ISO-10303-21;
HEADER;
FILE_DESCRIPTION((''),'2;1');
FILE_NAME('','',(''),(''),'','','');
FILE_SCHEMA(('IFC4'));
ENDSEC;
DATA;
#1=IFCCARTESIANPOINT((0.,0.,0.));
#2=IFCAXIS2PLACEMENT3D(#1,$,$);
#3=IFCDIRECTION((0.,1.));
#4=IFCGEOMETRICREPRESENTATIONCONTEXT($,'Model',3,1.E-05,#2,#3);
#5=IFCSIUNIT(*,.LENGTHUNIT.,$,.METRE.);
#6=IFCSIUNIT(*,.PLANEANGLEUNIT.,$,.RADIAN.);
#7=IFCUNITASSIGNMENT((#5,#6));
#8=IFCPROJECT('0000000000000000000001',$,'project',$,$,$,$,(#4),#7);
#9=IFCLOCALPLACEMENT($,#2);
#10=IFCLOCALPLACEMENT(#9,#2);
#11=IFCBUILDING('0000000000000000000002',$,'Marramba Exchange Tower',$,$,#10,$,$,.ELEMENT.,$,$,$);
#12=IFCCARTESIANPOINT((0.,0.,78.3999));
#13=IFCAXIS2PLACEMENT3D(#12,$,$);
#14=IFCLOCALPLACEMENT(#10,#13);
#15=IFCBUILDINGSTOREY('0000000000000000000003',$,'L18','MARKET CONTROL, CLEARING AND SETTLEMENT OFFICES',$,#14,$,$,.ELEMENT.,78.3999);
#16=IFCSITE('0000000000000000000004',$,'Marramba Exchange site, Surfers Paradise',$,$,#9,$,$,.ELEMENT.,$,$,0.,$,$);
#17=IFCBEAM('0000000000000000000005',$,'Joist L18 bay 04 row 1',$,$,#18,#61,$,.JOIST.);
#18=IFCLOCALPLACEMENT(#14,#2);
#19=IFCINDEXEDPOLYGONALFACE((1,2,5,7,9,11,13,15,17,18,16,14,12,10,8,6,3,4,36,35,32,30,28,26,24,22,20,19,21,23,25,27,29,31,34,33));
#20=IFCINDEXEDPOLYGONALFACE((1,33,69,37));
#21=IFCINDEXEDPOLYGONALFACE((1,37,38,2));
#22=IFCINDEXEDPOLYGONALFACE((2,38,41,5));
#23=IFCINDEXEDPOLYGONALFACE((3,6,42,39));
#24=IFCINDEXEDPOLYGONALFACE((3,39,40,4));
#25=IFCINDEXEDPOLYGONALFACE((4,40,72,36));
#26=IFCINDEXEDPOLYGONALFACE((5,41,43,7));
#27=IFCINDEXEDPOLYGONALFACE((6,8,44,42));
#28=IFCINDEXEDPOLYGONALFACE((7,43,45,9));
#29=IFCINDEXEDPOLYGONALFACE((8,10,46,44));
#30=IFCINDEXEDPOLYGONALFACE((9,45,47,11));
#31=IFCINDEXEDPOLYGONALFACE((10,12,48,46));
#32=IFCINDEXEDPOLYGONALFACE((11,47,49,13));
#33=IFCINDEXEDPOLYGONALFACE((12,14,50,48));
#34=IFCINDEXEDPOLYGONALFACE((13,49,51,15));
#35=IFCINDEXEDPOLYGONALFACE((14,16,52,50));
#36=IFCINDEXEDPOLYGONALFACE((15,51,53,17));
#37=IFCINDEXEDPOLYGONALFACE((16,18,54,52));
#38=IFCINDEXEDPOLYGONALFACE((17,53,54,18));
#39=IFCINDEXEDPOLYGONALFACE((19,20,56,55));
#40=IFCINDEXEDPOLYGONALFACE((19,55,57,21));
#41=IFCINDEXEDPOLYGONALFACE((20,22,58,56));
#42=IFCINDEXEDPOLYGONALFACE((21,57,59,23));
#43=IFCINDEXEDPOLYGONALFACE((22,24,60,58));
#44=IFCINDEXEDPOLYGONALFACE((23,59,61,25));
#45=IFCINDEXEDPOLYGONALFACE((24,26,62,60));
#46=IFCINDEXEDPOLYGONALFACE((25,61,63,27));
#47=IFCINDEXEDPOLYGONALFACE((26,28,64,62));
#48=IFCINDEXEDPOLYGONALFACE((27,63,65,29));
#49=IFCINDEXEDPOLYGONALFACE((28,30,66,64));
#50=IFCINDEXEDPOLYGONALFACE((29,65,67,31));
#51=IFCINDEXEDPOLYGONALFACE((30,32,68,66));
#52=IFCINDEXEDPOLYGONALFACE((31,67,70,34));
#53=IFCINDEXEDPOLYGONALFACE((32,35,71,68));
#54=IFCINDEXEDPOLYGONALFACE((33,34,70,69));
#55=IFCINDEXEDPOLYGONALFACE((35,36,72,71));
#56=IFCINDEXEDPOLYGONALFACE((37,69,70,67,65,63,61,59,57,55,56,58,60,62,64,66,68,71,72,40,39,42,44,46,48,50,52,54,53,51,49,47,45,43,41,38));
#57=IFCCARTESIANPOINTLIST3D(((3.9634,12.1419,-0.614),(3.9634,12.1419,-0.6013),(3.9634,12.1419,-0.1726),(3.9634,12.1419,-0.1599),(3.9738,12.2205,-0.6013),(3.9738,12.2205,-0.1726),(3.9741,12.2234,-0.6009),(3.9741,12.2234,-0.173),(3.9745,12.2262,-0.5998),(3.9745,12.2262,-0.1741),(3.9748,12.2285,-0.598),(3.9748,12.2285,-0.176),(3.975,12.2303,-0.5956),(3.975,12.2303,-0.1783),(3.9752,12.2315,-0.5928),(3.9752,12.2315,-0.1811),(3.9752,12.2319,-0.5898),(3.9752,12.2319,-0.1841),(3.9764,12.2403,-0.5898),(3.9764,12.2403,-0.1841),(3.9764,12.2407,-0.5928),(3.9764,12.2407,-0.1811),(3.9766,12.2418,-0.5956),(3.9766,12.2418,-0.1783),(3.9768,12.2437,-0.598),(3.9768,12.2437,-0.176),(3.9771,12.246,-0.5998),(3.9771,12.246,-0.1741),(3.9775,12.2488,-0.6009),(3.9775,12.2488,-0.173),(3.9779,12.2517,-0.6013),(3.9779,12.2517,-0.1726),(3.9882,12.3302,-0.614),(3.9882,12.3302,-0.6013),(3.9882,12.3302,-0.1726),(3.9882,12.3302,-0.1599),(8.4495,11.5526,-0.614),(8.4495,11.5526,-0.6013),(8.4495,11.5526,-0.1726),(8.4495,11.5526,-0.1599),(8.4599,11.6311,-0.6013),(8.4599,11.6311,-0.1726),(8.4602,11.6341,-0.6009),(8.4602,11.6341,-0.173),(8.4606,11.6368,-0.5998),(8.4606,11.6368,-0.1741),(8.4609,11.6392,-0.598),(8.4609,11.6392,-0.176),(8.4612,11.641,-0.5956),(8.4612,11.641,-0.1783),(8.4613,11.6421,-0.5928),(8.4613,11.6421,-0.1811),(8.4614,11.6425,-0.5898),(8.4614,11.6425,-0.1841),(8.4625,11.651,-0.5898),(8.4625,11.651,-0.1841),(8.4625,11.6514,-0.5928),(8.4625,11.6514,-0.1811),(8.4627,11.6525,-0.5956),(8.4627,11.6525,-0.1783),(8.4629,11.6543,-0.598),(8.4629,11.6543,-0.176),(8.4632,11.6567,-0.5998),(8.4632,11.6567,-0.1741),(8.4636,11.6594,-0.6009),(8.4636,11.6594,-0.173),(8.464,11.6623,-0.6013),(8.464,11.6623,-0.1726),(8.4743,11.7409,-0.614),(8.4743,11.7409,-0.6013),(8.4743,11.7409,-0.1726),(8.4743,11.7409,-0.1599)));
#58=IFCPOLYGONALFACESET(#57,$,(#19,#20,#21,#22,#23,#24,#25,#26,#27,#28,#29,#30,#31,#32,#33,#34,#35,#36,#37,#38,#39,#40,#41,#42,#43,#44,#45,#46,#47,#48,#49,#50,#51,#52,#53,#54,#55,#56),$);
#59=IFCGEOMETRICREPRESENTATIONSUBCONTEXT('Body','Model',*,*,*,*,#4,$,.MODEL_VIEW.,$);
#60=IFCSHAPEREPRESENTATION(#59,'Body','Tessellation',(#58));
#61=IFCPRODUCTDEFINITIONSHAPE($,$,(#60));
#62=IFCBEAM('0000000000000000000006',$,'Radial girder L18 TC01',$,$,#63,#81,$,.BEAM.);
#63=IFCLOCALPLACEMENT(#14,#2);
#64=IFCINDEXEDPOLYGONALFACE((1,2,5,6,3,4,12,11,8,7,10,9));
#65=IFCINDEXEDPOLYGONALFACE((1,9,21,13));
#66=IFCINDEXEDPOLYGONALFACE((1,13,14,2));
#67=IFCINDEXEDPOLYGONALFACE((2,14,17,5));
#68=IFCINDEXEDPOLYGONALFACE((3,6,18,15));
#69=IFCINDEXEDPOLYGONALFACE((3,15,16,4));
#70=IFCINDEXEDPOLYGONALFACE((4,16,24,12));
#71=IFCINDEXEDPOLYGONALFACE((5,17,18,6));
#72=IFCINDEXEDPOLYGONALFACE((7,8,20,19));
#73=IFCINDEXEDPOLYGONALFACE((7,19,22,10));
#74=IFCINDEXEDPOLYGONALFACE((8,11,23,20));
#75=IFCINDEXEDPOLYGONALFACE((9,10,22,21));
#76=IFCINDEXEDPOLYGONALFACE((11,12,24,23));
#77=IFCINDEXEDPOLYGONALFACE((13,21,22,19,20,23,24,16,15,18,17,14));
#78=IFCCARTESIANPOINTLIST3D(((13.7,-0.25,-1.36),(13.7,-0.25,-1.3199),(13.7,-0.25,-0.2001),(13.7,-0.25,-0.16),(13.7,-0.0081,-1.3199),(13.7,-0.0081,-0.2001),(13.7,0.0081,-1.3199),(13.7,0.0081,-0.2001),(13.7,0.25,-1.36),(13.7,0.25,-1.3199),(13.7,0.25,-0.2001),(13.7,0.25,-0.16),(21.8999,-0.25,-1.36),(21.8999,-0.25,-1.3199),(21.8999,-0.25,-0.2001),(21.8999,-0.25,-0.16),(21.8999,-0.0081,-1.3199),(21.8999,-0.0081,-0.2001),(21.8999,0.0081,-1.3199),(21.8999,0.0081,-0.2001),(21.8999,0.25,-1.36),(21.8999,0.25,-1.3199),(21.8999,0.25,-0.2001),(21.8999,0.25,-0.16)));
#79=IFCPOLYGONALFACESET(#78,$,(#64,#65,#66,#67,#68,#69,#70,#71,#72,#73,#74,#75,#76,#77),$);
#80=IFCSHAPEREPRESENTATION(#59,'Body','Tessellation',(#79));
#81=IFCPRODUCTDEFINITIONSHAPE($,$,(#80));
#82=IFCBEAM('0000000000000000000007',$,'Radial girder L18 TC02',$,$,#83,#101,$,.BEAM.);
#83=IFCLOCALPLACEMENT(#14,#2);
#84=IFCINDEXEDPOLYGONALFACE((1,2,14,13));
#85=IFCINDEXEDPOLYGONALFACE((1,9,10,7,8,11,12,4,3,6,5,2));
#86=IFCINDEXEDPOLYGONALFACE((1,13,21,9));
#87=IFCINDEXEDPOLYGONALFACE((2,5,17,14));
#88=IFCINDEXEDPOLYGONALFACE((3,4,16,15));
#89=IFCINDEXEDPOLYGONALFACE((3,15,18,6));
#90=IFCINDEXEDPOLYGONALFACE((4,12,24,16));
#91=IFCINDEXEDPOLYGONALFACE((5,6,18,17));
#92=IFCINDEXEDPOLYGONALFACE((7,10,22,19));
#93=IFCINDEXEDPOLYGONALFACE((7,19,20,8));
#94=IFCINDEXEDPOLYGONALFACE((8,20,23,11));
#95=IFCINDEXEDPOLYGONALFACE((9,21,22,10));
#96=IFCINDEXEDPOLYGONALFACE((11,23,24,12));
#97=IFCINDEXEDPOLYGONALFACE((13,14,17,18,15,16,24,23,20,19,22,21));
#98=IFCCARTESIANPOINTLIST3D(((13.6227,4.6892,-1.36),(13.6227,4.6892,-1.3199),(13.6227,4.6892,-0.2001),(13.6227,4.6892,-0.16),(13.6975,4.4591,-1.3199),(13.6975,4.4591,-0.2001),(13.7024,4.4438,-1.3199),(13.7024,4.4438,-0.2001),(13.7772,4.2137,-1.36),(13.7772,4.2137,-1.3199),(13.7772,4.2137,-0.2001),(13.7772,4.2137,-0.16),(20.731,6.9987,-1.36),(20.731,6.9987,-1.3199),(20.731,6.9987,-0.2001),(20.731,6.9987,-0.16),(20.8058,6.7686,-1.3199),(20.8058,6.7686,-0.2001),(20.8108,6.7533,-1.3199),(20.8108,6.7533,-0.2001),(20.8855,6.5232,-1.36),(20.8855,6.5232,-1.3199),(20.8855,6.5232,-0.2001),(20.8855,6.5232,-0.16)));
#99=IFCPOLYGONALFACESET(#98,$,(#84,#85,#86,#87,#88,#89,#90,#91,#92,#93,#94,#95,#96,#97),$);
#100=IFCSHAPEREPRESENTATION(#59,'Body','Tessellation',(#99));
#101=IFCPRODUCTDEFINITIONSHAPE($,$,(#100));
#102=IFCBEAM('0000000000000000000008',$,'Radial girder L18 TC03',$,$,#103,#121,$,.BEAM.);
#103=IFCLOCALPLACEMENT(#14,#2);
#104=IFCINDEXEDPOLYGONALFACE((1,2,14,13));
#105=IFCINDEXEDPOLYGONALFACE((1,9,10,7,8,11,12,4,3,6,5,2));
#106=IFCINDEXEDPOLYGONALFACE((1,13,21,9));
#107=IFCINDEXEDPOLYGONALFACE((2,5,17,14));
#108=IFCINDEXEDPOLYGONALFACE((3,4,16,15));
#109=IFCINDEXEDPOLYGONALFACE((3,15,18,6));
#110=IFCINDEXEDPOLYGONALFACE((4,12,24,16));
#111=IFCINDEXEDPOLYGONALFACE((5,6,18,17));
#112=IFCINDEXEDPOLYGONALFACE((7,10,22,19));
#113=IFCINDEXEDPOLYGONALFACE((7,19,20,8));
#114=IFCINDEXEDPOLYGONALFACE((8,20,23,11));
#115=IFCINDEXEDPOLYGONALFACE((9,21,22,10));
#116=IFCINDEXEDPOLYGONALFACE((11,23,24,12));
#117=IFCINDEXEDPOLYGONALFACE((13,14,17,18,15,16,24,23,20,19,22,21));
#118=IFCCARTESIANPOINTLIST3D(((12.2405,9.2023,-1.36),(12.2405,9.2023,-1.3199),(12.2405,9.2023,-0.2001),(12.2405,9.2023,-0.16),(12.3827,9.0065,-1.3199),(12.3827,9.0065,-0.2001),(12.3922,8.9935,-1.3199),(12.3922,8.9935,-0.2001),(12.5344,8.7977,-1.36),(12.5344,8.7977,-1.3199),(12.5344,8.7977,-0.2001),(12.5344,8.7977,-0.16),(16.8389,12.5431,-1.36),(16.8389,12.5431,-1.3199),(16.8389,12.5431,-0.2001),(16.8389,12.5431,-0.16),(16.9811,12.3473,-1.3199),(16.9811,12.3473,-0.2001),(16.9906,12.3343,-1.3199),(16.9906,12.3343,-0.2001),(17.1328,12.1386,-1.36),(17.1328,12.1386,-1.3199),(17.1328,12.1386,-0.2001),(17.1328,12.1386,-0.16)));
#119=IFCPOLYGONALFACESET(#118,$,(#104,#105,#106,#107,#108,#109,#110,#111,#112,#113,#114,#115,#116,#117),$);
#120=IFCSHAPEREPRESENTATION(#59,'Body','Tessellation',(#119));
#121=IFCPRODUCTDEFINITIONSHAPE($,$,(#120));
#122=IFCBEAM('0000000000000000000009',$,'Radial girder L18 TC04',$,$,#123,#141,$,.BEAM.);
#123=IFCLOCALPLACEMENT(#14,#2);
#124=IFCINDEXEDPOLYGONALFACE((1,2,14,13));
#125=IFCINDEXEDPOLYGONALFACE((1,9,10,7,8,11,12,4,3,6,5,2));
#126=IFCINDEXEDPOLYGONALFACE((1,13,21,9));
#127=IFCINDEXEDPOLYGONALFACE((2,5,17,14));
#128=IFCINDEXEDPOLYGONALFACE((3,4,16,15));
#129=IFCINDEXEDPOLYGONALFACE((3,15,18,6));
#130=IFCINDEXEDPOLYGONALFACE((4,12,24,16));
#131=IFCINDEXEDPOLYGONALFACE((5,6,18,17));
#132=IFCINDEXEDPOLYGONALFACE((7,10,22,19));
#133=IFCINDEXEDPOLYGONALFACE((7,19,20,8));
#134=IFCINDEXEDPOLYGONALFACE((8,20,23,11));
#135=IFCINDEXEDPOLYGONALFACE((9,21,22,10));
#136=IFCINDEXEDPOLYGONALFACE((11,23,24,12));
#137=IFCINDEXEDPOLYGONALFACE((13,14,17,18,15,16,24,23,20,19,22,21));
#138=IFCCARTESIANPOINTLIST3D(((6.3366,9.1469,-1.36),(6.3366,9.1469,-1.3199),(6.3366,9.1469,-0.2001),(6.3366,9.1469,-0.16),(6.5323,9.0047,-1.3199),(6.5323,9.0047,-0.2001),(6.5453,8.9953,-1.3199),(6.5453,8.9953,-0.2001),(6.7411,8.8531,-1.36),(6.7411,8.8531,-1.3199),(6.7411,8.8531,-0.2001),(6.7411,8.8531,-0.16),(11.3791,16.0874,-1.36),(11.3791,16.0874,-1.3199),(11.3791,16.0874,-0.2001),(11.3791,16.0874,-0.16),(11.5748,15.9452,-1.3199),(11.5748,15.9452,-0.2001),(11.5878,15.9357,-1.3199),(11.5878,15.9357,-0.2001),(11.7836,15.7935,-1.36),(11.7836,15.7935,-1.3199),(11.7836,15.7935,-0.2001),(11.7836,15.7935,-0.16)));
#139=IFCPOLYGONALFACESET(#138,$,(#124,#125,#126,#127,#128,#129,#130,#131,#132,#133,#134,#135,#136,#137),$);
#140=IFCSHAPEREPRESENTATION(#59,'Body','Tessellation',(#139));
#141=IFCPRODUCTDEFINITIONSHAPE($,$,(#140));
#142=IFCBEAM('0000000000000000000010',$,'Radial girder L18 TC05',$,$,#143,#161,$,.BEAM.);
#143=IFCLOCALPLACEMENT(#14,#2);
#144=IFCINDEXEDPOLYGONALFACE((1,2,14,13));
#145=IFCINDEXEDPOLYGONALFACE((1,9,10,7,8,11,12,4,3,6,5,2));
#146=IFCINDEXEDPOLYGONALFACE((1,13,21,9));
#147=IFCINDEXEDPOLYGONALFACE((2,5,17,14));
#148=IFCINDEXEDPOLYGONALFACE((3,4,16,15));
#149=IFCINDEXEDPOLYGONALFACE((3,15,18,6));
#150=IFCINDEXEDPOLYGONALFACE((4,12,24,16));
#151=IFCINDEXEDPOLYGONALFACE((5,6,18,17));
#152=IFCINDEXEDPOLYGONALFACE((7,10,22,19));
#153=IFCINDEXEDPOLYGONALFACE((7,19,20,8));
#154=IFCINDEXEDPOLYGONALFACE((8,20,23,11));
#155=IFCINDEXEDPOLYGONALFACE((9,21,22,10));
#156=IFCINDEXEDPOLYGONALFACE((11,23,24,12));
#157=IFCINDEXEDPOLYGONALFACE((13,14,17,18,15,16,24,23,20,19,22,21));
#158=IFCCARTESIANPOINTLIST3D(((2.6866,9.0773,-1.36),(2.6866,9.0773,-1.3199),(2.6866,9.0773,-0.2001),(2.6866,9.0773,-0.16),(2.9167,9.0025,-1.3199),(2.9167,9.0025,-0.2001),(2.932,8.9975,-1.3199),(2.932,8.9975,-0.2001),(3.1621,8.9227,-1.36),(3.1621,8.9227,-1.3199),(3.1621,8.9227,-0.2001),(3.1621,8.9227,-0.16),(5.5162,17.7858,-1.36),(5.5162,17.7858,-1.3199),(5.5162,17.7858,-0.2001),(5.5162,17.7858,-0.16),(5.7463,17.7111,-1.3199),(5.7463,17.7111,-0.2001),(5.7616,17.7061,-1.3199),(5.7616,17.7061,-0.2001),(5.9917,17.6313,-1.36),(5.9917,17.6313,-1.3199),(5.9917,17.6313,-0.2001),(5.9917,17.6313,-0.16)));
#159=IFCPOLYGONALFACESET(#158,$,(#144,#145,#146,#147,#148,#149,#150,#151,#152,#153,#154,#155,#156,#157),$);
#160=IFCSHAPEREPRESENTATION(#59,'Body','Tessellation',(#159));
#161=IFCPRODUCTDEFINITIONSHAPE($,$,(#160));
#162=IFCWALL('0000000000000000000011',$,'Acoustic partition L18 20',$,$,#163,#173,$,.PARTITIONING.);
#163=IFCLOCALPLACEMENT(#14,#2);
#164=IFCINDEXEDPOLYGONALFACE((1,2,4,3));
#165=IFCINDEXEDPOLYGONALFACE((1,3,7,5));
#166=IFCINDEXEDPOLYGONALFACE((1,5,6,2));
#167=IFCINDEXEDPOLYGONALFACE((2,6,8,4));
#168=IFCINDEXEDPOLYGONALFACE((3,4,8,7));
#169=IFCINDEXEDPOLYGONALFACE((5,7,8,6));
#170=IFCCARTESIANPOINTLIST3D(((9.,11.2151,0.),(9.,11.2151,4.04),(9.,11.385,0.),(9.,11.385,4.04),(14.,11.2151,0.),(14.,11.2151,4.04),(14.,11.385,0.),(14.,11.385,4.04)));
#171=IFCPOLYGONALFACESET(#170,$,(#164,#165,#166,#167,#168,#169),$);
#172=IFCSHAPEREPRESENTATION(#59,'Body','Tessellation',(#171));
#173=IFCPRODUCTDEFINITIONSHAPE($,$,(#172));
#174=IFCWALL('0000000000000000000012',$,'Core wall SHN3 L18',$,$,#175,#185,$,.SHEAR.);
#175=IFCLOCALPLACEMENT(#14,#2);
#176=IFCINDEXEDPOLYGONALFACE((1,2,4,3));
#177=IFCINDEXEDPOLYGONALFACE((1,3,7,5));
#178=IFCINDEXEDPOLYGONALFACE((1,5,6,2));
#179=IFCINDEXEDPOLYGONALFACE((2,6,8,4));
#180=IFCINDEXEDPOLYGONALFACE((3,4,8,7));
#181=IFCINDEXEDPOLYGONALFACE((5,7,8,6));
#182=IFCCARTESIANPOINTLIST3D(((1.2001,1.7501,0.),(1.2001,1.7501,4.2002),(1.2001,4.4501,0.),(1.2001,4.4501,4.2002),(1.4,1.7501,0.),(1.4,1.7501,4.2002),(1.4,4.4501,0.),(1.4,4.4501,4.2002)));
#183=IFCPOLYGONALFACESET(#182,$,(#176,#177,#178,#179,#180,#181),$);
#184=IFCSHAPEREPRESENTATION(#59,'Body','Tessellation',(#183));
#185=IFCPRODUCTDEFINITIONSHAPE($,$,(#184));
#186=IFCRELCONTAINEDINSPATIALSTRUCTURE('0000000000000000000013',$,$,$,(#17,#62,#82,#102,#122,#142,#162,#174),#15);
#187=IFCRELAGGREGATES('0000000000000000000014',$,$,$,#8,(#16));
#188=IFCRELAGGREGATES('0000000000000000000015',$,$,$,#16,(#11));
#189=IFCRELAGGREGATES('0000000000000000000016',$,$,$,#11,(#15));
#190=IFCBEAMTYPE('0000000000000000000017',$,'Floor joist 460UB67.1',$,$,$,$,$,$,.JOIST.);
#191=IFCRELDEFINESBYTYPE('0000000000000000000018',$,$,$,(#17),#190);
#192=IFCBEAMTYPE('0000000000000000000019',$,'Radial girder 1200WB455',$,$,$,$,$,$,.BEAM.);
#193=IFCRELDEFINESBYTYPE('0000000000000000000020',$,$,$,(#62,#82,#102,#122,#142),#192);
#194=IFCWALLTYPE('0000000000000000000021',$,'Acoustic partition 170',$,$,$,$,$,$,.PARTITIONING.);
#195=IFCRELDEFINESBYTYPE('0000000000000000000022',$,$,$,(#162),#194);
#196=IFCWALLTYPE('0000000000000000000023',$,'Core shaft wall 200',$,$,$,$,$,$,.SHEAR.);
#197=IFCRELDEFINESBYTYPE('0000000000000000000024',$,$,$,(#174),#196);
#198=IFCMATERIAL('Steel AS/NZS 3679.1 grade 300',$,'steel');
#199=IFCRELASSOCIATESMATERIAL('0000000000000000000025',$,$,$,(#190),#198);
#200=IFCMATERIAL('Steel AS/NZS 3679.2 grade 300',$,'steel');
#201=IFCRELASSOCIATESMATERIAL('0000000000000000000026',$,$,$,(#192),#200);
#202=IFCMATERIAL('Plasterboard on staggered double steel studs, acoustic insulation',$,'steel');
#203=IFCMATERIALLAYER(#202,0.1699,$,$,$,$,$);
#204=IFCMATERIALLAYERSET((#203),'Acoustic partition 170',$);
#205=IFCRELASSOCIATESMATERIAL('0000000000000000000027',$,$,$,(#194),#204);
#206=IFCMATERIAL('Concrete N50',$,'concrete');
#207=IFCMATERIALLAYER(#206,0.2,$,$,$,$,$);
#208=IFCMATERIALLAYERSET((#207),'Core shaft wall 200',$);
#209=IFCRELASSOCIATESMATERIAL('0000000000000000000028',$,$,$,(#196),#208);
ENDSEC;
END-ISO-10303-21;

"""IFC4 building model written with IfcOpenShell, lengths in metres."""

from ifc_helpers import new_model, si_unit, direction, frame, frame_2d, origin, origin_2d, place, context, subcontext, project, spatial, rectangle, i_section, extrude, material, layer, layer_set, material_profile, profile_set, type_object, element, save


model = new_model("IFC4")

# Units and contexts
model_context = context("Model", 3, precision=1e-05, world=origin(), true_north=direction((0.0, 1.0)))
body_context = subcontext(model_context, "Body", "Model", "MODEL_VIEW")
ifc_project = project(units=[si_unit("LENGTHUNIT", "METRE"), si_unit("PLANEANGLEUNIT", "RADIAN")], contexts=[model_context])

# Site, building, storey
site_placement = place(None, origin())
site = spatial("IfcSite", under=ifc_project, at=site_placement, Name="Marramba Exchange site, Surfers Paradise", CompositionType="ELEMENT", RefElevation=0.0)
building_placement = place(site_placement, origin())
building = spatial("IfcBuilding", under=site, at=building_placement, Name="Marramba Exchange Tower", CompositionType="ELEMENT")
storey_placement = place(building_placement, frame((0.0, 0.0, 78.3999)))
storey = spatial("IfcBuildingStorey", under=building, at=storey_placement, Name="L18", Description="MARKET CONTROL, CLEARING AND SETTLEMENT OFFICES", CompositionType="ELEMENT", Elevation=78.3999)

# Beams
ifc_material_1 = material(Name="Steel AS/NZS 3679.1 grade 300", Category="steel")
ifc_material_profile_1 = material_profile(ifc_material_1, i_section(OverallWidth=0.1899, OverallDepth=0.4541, WebThickness=0.0085, FlangeThickness=0.0127, FilletRadius=0.0115, at=origin_2d()), Name="460UB67.1")
ifc_profile_set_1 = profile_set([ifc_material_profile_1], Name="Steel AS/NZS 3679.1 grade 300")
beam_type_1 = type_object("IfcBeamType", Name="Floor joist 460UB67.1", PredefinedType="JOIST", material=ifc_profile_set_1)
beam_1_placement = place(storey_placement, frame((8.4619, 11.6467, -0.387), z_axis=(-0.991481, 0.130255, 0.0), x_axis=(-0.130255, -0.991481, 0.0)))
element("IfcBeam", 1, at=beam_1_placement, inside=storey, type_object=beam_type_1, Name="Joist L18 bay 04 row 1", PredefinedType="JOIST", context=body_context, shape_type="SweptSolid", body=[
    extrude(i_section(OverallWidth=0.1899, OverallDepth=0.4541, WebThickness=0.0085, FlangeThickness=0.0127, FilletRadius=0.0115, at=origin_2d()), origin(), (0.0, 0.0, 1.0), 4.5247),
])
ifc_material_2 = material(Name="Steel AS/NZS 3679.2 grade 300", Category="steel")
ifc_material_profile_2 = material_profile(ifc_material_2, i_section(OverallWidth=0.5, OverallDepth=1.2, WebThickness=0.0161, FlangeThickness=0.04, at=origin_2d()), Name="1200WB455")
ifc_profile_set_2 = profile_set([ifc_material_profile_2], Name="Steel AS/NZS 3679.2 grade 300")
beam_type_2 = type_object("IfcBeamType", Name="Radial girder 1200WB455", PredefinedType="BEAM", material=ifc_profile_set_2)
beam_2_placement = place(storey_placement, frame((13.7, 0.0, -0.76), z_axis=(1.0, 0.0, 0.0), x_axis=(0.0, 1.0, 0.0)))
element("IfcBeam", 2, at=beam_2_placement, inside=storey, type_object=beam_type_2, Name="Radial girder L18 TC01", PredefinedType="BEAM", context=body_context, shape_type="SweptSolid", body=[
    extrude(i_section(OverallWidth=0.5, OverallDepth=1.2, WebThickness=0.0161, FlangeThickness=0.04, at=origin_2d()), origin(), (0.0, 0.0, 1.0), 8.2),
])
beam_3_placement = place(storey_placement, frame((13.7, 4.4514, -0.76), z_axis=(0.95106, 0.309006, 0.0), x_axis=(-0.309006, 0.95106, 0.0)))
element("IfcBeam", 3, at=beam_3_placement, inside=storey, type_object=beam_type_2, Name="Radial girder L18 TC02", PredefinedType="BEAM", context=body_context, shape_type="SweptSolid", body=[
    extrude(i_section(OverallWidth=0.5, OverallDepth=1.2, WebThickness=0.0161, FlangeThickness=0.04, at=origin_2d()), origin(), (0.0, 0.0, 1.0), 7.4741),
])
beam_4_placement = place(storey_placement, frame((12.3875, 9.0, -0.76), z_axis=(0.809026, 0.587773, 0.0), x_axis=(-0.587773, 0.809026, 0.0)))
element("IfcBeam", 4, at=beam_4_placement, inside=storey, type_object=beam_type_2, Name="Radial girder L18 TC03", PredefinedType="BEAM", context=body_context, shape_type="SweptSolid", body=[
    extrude(i_section(OverallWidth=0.5, OverallDepth=1.2, WebThickness=0.0161, FlangeThickness=0.04, at=origin_2d()), origin(), (0.0, 0.0, 1.0), 5.6838),
])
beam_5_placement = place(storey_placement, frame((6.5388, 9.0, -0.76), z_axis=(0.587782, 0.809019, 0.0), x_axis=(-0.809019, 0.587782, 0.0)))
element("IfcBeam", 5, at=beam_5_placement, inside=storey, type_object=beam_type_2, Name="Radial girder L18 TC04", PredefinedType="BEAM", context=body_context, shape_type="SweptSolid", body=[
    extrude(i_section(OverallWidth=0.5, OverallDepth=1.2, WebThickness=0.0161, FlangeThickness=0.04, at=origin_2d()), origin(), (0.0, 0.0, 1.0), 8.5789),
])
beam_6_placement = place(storey_placement, frame((2.9243, 9.0, -0.76), z_axis=(0.30902, 0.951056, 0.0), x_axis=(-0.951056, 0.30902, 0.0)))
element("IfcBeam", 6, at=beam_6_placement, inside=storey, type_object=beam_type_2, Name="Radial girder L18 TC05", PredefinedType="BEAM", context=body_context, shape_type="SweptSolid", body=[
    extrude(i_section(OverallWidth=0.5, OverallDepth=1.2, WebThickness=0.0161, FlangeThickness=0.04, at=origin_2d()), origin(), (0.0, 0.0, 1.0), 9.1567),
])

# Walls
ifc_material_3 = material(Name="Plasterboard on staggered double steel studs, acoustic insulation", Category="steel")
ifc_layer_1 = layer(ifc_material_3, 0.1699)
ifc_layer_set_1 = layer_set([ifc_layer_1], Name="Acoustic partition 170")
wall_type_1 = type_object("IfcWallType", Name="Acoustic partition 170", PredefinedType="PARTITIONING", material=ifc_layer_set_1)
wall_1_placement = place(storey_placement, frame((9.0, 11.3, 0.0), z_axis=(0.0, 0.0, 1.0), x_axis=(1.0, 0.0, 0.0)))
element("IfcWall", 7, at=wall_1_placement, inside=storey, type_object=wall_type_1, Name="Acoustic partition L18 20", PredefinedType="PARTITIONING", context=body_context, shape_type="SweptSolid", body=[
    extrude(rectangle(XDim=5.0, YDim=0.1699, at=frame_2d((2.5, 0.0))), origin(), (0.0, 0.0, 1.0), 4.04),
])
ifc_material_4 = material(Name="Concrete N50", Category="concrete")
ifc_layer_2 = layer(ifc_material_4, 0.2)
ifc_layer_set_2 = layer_set([ifc_layer_2], Name="Core shaft wall 200")
wall_type_2 = type_object("IfcWallType", Name="Core shaft wall 200", PredefinedType="SHEAR", material=ifc_layer_set_2)
for number, where, z_axis, x_axis, name in (
    (8, (1.3, 1.75, 0.0), (0.0, 0.0, 1.0), (0.0, 1.0, 0.0), "Core wall SHN3 L18"),
):
    element("IfcWall", number, at=place(storey_placement, frame(where, z_axis=z_axis, x_axis=x_axis)), inside=storey, type_object=wall_type_2, Name=name, PredefinedType="SHEAR", context=body_context, shape_type="SweptSolid", body=[
        extrude(rectangle(XDim=2.7, YDim=0.2, at=frame_2d((1.3501, 0.0))), origin(), (0.0, 0.0, 1.0), 4.2002),
    ])

save(model, "model.ifc")
